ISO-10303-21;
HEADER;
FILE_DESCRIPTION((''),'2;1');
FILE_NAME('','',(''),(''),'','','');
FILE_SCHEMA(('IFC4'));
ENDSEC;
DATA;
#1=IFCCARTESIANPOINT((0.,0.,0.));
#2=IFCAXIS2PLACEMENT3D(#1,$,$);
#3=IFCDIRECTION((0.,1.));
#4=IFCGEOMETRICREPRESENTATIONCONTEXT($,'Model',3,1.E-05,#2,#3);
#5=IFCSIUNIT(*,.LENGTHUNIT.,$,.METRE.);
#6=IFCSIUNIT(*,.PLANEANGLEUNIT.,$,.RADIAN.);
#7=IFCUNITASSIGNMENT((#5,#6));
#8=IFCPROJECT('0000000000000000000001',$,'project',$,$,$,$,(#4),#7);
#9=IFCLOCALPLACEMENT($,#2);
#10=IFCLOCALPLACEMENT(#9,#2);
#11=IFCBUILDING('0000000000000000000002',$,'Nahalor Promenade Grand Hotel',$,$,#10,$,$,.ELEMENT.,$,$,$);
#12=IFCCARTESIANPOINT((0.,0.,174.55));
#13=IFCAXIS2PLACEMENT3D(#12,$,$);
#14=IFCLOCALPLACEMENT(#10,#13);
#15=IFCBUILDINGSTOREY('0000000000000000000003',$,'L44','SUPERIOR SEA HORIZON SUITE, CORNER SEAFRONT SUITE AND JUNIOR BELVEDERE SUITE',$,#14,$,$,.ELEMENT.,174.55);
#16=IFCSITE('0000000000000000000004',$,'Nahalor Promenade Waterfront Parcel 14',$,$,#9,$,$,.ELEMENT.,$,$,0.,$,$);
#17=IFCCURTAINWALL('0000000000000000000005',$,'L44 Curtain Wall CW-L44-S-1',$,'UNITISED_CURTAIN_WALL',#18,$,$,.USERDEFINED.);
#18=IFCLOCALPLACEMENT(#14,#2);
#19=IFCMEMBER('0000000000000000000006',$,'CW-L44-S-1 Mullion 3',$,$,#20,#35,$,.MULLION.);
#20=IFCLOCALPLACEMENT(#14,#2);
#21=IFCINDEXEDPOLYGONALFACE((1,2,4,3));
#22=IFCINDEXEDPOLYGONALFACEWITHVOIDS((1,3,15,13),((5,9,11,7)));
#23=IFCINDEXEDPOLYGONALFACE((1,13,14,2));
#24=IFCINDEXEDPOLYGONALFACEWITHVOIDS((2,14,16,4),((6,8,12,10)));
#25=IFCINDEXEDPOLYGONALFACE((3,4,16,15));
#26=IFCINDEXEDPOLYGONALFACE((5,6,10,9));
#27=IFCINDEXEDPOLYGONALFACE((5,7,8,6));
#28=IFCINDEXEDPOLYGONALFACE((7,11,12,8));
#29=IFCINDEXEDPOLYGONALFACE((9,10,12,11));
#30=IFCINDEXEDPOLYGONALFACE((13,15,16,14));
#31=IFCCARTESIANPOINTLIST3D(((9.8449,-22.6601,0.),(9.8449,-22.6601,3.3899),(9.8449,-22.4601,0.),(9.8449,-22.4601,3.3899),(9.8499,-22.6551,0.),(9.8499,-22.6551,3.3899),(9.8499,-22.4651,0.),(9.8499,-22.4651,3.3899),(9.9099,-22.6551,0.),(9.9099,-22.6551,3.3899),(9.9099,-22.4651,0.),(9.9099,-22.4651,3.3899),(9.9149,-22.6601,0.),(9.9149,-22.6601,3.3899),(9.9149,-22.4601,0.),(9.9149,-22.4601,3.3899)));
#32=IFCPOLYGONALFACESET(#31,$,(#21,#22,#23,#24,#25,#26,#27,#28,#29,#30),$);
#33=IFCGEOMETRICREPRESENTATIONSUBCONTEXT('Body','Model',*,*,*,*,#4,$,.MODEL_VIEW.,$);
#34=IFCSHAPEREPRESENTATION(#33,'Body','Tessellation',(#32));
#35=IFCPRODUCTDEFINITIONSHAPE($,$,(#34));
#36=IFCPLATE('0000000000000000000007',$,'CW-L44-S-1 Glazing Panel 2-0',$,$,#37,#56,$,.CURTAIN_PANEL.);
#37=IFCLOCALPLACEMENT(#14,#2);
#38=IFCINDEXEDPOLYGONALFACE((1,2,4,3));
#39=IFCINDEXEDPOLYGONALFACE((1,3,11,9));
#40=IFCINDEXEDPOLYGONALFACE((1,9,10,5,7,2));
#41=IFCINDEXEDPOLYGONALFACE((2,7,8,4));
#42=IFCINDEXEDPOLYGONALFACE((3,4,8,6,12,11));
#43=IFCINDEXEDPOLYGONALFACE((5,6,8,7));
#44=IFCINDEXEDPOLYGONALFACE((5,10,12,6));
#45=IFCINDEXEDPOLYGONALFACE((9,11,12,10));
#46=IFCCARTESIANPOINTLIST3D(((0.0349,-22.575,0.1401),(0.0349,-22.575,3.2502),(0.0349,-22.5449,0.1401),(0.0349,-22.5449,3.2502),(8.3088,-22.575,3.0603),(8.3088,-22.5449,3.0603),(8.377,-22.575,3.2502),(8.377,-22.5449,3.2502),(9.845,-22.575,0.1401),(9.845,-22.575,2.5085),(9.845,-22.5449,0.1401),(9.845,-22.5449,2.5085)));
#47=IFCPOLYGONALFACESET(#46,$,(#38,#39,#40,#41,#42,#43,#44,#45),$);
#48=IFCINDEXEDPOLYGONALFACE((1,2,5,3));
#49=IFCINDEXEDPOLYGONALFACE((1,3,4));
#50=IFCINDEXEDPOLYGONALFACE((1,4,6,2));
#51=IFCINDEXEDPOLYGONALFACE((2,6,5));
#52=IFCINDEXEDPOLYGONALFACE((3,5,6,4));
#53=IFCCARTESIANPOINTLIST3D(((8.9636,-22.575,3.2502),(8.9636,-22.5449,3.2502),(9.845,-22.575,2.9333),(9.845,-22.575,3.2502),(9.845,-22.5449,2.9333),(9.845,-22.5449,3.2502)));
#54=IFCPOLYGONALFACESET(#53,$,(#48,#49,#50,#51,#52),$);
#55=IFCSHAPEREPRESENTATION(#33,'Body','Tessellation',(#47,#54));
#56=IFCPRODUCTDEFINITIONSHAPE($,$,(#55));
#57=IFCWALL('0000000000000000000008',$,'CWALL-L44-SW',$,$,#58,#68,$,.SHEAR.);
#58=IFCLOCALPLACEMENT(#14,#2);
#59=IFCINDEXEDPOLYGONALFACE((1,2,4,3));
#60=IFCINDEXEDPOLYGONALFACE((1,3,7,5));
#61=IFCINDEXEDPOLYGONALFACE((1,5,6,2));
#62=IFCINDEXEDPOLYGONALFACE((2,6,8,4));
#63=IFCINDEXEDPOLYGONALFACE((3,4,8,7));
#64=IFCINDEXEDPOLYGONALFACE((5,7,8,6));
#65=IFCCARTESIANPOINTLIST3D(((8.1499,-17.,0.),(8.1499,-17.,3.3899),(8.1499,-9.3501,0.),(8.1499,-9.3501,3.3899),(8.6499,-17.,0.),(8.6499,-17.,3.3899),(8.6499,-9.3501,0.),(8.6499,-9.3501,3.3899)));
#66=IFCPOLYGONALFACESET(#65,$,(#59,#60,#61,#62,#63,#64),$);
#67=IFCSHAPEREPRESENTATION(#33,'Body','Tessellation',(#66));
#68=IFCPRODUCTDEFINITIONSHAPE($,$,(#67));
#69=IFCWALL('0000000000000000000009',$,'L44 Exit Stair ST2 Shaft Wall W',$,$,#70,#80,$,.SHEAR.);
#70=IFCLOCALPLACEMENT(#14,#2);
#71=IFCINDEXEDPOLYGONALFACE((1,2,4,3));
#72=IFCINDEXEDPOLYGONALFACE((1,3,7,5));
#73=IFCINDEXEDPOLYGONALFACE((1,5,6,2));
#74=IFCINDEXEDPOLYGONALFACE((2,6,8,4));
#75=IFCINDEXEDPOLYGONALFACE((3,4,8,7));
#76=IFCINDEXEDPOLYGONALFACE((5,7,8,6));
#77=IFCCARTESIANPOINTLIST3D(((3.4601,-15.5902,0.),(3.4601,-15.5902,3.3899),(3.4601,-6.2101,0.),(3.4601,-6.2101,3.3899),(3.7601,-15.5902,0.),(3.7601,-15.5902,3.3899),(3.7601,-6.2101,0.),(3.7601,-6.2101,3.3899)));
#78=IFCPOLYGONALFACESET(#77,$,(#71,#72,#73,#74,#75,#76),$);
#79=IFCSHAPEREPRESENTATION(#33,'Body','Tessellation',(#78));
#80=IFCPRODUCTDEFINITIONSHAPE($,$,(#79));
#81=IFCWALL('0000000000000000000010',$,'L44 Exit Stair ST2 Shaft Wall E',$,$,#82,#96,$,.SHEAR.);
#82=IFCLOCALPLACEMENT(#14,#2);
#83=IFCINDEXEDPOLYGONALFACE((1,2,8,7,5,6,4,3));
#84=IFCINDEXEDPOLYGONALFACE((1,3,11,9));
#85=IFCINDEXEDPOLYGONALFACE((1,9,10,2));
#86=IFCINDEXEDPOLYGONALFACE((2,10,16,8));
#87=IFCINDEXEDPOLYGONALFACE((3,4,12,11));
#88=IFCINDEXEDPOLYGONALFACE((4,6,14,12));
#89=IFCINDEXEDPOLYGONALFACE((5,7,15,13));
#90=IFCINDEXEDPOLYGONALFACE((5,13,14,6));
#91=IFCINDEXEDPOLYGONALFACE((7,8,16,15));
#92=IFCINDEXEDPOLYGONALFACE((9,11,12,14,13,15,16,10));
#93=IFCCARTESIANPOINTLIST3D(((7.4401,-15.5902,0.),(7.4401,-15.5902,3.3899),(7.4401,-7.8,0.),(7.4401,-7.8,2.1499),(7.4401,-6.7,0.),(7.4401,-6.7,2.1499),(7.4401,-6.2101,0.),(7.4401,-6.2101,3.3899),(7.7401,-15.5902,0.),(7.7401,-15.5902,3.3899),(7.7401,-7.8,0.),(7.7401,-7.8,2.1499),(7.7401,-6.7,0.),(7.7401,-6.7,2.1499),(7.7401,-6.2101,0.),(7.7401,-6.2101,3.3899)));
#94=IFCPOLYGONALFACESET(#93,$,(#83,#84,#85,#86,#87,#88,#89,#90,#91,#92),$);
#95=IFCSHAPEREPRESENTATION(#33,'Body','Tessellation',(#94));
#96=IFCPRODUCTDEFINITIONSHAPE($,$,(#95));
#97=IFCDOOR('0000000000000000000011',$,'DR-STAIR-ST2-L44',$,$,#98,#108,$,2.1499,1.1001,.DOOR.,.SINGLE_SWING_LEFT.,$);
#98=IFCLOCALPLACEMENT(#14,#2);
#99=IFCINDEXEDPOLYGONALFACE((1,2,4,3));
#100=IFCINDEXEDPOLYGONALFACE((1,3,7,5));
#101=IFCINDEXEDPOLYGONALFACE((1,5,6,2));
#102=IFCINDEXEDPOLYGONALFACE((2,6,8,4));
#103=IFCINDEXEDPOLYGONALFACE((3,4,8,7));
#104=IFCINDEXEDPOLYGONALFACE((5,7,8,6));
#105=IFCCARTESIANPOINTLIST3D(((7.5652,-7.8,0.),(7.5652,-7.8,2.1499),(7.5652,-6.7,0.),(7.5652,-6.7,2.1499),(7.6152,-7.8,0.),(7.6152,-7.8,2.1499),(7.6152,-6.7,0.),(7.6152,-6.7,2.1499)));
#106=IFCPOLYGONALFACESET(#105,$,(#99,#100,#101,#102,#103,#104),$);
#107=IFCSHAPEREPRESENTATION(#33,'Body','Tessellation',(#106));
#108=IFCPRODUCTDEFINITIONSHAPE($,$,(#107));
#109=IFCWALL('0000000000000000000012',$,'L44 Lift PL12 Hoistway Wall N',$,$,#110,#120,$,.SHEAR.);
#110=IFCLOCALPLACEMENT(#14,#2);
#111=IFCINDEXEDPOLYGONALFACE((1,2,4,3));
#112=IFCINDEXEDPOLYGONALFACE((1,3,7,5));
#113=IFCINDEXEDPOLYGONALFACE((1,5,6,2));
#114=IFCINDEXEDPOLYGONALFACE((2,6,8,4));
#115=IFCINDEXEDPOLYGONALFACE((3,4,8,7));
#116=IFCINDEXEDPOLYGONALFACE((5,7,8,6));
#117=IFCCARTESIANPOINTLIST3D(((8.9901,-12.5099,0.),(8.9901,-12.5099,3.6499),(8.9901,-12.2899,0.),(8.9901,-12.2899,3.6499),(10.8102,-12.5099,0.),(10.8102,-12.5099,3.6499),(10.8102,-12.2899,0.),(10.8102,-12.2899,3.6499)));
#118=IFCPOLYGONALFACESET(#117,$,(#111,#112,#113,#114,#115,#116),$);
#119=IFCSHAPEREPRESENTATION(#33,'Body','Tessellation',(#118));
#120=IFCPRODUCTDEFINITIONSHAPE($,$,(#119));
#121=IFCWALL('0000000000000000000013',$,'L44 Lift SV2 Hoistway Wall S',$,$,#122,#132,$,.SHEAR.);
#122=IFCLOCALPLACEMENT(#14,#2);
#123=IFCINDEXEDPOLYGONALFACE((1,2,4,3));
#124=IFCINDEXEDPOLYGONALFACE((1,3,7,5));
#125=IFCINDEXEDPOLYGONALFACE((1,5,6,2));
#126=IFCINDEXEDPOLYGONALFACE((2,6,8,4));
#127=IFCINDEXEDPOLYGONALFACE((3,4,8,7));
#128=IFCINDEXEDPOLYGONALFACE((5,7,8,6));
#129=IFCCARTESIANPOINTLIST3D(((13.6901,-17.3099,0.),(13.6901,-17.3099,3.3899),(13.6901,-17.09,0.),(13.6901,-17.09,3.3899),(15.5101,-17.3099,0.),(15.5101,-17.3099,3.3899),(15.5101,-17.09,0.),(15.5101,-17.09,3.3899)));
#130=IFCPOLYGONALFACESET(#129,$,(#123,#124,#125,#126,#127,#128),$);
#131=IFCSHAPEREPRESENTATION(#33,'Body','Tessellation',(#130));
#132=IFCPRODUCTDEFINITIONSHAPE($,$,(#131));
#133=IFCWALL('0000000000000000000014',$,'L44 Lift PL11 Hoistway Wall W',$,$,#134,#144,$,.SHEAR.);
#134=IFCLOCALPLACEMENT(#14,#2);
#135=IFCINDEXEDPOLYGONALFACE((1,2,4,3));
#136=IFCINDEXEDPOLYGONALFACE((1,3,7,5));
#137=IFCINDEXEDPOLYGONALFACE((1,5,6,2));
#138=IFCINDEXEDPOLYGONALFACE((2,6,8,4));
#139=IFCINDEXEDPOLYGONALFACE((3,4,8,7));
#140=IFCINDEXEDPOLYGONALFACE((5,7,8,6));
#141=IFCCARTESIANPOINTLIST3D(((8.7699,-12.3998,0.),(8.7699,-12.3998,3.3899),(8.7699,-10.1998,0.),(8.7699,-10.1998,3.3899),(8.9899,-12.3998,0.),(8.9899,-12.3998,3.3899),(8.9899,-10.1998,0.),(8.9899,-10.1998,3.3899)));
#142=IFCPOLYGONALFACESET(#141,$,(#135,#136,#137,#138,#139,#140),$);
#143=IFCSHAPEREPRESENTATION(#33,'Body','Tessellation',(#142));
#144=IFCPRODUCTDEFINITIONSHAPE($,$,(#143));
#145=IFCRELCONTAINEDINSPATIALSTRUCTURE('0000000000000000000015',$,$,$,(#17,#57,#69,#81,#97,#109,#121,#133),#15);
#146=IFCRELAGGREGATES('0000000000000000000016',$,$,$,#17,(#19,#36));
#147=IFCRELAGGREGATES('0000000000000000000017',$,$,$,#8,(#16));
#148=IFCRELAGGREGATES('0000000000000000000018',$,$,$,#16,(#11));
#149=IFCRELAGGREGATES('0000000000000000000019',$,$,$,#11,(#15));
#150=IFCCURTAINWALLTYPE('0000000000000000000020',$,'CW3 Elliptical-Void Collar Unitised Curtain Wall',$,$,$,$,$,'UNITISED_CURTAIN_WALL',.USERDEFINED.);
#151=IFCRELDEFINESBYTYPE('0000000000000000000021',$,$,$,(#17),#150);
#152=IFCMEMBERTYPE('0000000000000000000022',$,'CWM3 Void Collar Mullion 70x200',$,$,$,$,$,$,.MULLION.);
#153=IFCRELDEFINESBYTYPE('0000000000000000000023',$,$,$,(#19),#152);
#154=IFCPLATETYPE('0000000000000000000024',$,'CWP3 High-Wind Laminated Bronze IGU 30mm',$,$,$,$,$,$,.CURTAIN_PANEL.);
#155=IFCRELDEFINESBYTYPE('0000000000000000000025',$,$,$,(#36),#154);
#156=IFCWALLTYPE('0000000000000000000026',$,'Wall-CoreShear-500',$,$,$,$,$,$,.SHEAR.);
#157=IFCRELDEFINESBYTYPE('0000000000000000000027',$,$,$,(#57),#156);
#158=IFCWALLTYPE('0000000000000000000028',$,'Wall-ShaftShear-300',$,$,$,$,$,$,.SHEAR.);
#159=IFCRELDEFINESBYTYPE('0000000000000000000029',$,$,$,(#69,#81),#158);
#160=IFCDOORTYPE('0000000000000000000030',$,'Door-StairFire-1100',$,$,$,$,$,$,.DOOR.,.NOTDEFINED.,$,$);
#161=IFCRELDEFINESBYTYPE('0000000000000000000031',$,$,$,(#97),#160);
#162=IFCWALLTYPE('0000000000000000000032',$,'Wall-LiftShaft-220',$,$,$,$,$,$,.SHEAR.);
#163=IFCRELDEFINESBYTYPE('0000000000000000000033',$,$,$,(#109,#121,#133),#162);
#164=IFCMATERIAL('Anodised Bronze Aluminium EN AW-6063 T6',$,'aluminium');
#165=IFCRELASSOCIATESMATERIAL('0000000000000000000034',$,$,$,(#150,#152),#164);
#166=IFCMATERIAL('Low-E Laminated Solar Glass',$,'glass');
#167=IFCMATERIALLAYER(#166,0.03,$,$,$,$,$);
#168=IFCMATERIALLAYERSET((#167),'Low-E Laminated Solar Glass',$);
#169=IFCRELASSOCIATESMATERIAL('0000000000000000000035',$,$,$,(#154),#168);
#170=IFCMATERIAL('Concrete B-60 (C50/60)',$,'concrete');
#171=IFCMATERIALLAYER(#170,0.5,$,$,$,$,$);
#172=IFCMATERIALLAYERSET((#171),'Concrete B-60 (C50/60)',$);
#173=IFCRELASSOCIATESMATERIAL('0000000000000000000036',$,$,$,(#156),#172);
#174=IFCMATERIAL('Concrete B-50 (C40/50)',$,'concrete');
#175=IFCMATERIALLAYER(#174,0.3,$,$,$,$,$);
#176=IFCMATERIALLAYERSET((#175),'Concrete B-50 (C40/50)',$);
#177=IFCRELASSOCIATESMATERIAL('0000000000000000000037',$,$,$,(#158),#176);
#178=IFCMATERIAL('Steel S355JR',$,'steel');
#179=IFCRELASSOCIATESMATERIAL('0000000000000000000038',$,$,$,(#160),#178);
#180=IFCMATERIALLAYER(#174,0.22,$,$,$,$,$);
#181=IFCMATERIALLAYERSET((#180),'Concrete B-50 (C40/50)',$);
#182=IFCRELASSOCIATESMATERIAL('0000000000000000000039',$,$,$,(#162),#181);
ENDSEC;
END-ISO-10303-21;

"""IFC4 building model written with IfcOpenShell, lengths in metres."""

from ifc_helpers import new_model, si_unit, direction, frame, frame_2d, origin, origin_2d, place, context, subcontext, project, spatial, polyline, rectangle, hollow_rectangle, outline, extrude, source, transform, mapped, material, layer, layer_set, material_profile, profile_set, type_object, element, fill, aggregate, save


model = new_model("IFC4")

# Units and contexts
model_context = context("Model", 3, precision=1e-05, world=origin(), true_north=direction((0.0, 1.0)))
body_context = subcontext(model_context, "Body", "Model", "MODEL_VIEW")
ifc_project = project(units=[si_unit("LENGTHUNIT", "METRE"), si_unit("PLANEANGLEUNIT", "RADIAN")], contexts=[model_context])

# Site, building, storey
site_placement = place(None, origin())
site = spatial("IfcSite", under=ifc_project, at=site_placement, Name="Nahalor Promenade Waterfront Parcel 14", CompositionType="ELEMENT", RefElevation=0.0)
building_placement = place(site_placement, origin())
building = spatial("IfcBuilding", under=site, at=building_placement, Name="Nahalor Promenade Grand Hotel", CompositionType="ELEMENT")
storey_placement = place(building_placement, frame((0.0, 0.0, 174.55)))
storey = spatial("IfcBuildingStorey", under=building, at=storey_placement, Name="L44", Description="SUPERIOR SEA HORIZON SUITE, CORNER SEAFRONT SUITE AND JUNIOR BELVEDERE SUITE", CompositionType="ELEMENT", Elevation=174.55)

# Shared definitions
ifc_material_1 = material(Name="Concrete B-60 (C50/60)", Category="concrete")

# Shared definitions
ifc_material_2 = material(Name="Steel S355JR", Category="steel")

# Curtain wall, member, plate
ifc_material_3 = material(Name="Anodised Bronze Aluminium EN AW-6063 T6", Category="aluminium")
curtain_wall_type = type_object("IfcCurtainWallType", Name="CW3 Elliptical-Void Collar Unitised Curtain Wall", ElementType="UNITISED_CURTAIN_WALL", PredefinedType="USERDEFINED", material=ifc_material_3)
curtain_wall_placement = place(storey_placement, origin())
curtain_wall = element("IfcCurtainWall", 1, at=curtain_wall_placement, inside=storey, type_object=curtain_wall_type, Name="L44 Curtain Wall CW-L44-S-1", ObjectType="UNITISED_CURTAIN_WALL", PredefinedType="USERDEFINED")
ifc_material_profile_1 = material_profile(ifc_material_3, hollow_rectangle(XDim=0.07, YDim=0.2, WallThickness=0.005, at=origin_2d()), Name="CWM 70x200x5")
ifc_profile_set_1 = profile_set([ifc_material_profile_1], Name="Anodised Bronze Aluminium EN AW-6063 T6")
member_type_1 = type_object("IfcMemberType", Name="CWM3 Void Collar Mullion 70x200", PredefinedType="MULLION", material=ifc_profile_set_1)
shared_shape_1 = source(origin(), body_context, "Body", "SweptSolid", [
    extrude(hollow_rectangle(XDim=0.07, YDim=0.2, WallThickness=0.005, at=origin_2d()), origin(), (0.0, 0.0, 1.0), 3.3899),
])
member_1_placement = place(storey_placement, frame((9.8799, -22.5601, 0.0), z_axis=(0.0, 0.0, 1.0), x_axis=(1.0, 0.0, 0.0)))
member_1 = element("IfcMember", 2, at=member_1_placement, type_object=member_type_1, Name="CW-L44-S-1 Mullion 3", PredefinedType="MULLION", context=body_context, shape_type="MappedRepresentation", body=[
    mapped(shared_shape_1, transform((0.0, 0.0, 0.0), scale=1.0)),
])
ifc_material_4 = material(Name="Low-E Laminated Solar Glass", Category="glass")
ifc_layer_1 = layer(ifc_material_4, 0.03)
ifc_layer_set_1 = layer_set([ifc_layer_1], Name="Low-E Laminated Solar Glass")
plate_type = type_object("IfcPlateType", Name="CWP3 High-Wind Laminated Bronze IGU 30mm", PredefinedType="CURTAIN_PANEL", material=ifc_layer_set_1)
plate_placement = place(storey_placement, frame((4.9399, -22.5601, 0.1401), z_axis=(0.0, 0.0, 1.0), x_axis=(1.0, 0.0, 0.0)))
plate = element("IfcPlate", 3, at=plate_placement, type_object=plate_type, Name="CW-L44-S-1 Glazing Panel 2-0", PredefinedType="CURTAIN_PANEL", context=body_context, shape_type="SweptSolid", body=[
    extrude(outline(polyline([(-4.905, 0.0), (4.905, 0.0), (4.905, 2.3684), (3.3689, 2.9202), (3.437, 3.1101), (-4.905, 3.1101), (-4.905, 0.0)])), frame((0.0, 0.0151, 0.0), z_axis=(0.0, -1.0, 0.0), x_axis=(1.0, 0.0, 0.0)), (0.0, 0.0, 1.0), 0.03),
    extrude(outline(polyline([(4.905, 2.7932), (4.905, 3.1101), (4.0237, 3.1101), (4.905, 2.7932)])), frame((0.0, 0.0151, 0.0), z_axis=(0.0, -1.0, 0.0), x_axis=(1.0, 0.0, 0.0)), (0.0, 0.0, 1.0), 0.03),
])
aggregate(curtain_wall, [member_1, plate])

# Walls
ifc_layer_2 = layer(ifc_material_1, 0.5)
ifc_layer_set_2 = layer_set([ifc_layer_2], Name="Concrete B-60 (C50/60)")
wall_type_1 = type_object("IfcWallType", Name="Wall-CoreShear-500", PredefinedType="SHEAR", material=ifc_layer_set_2)
shared_shape_2 = source(origin(), body_context, "Body", "SweptSolid", [
    extrude(rectangle(XDim=7.6499, YDim=0.5, at=frame_2d((3.825, 0.0))), origin(), (0.0, 0.0, 1.0), 3.3899),
])
wall_1_placement = place(storey_placement, frame((8.3999, -17.0, 0.0), z_axis=(0.0, 0.0, 1.0), x_axis=(0.0, 1.0, 0.0)))
element("IfcWall", 4, at=wall_1_placement, inside=storey, type_object=wall_type_1, Name="CWALL-L44-SW", PredefinedType="SHEAR", context=body_context, shape_type="MappedRepresentation", body=[
    mapped(shared_shape_2, transform((0.0, 0.0, 0.0), scale=1.0)),
])
ifc_material_5 = material(Name="Concrete B-50 (C40/50)", Category="concrete")
ifc_layer_3 = layer(ifc_material_5, 0.3)
ifc_layer_set_3 = layer_set([ifc_layer_3], Name="Concrete B-50 (C40/50)")
wall_type_2 = type_object("IfcWallType", Name="Wall-ShaftShear-300", PredefinedType="SHEAR", material=ifc_layer_set_3)
shared_shape_3 = source(origin(), body_context, "Body", "SweptSolid", [
    extrude(rectangle(XDim=9.3801, YDim=0.3, at=frame_2d((4.6899, 0.0))), origin(), (0.0, 0.0, 1.0), 3.3899),
])
wall_2_placement = place(storey_placement, frame((3.6101, -15.5901, 0.0), z_axis=(0.0, 0.0, 1.0), x_axis=(0.0, 1.0, 0.0)))
element("IfcWall", 5, at=wall_2_placement, inside=storey, type_object=wall_type_2, Name="L44 Exit Stair ST2 Shaft Wall W", PredefinedType="SHEAR", context=body_context, shape_type="MappedRepresentation", body=[
    mapped(shared_shape_3, transform((0.0, 0.0, 0.0), scale=1.0)),
])

# Wall, opening, door
wall_3_placement = place(storey_placement, frame((7.5901, -15.5901, 0.0), z_axis=(0.0, 0.0, 1.0), x_axis=(0.0, 1.0, 0.0)))
wall_3 = element("IfcWall", 6, at=wall_3_placement, inside=storey, type_object=wall_type_2, Name="L44 Exit Stair ST2 Shaft Wall E", PredefinedType="SHEAR", context=body_context, shape_type="MappedRepresentation", body=[
    mapped(shared_shape_3, transform((0.0, 0.0, 0.0), scale=1.0)),
])
opening_1_placement = place(wall_3_placement, frame((7.79, 0.0, 0.0)))
opening_1 = element("IfcOpeningElement", 7, at=opening_1_placement, cuts=wall_3, PredefinedType="OPENING", context=body_context, shape_type="SweptSolid", body=[
    extrude(rectangle(XDim=1.1001, YDim=2.1499, at=frame_2d((0.55, 1.075))), frame((0.0, 0.1599, 0.0), z_axis=(0.0, -1.0, 0.0), x_axis=(1.0, 0.0, 0.0)), (0.0, 0.0, 1.0), 0.3201),
])
door_type_1 = type_object("IfcDoorType", Name="Door-StairFire-1100", OperationType="NOTDEFINED", PredefinedType="DOOR", material=ifc_material_2)
shared_shape_4 = source(origin(), body_context, "Body", "SweptSolid", [
    extrude(rectangle(XDim=1.1001, YDim=2.1499, at=frame_2d((0.55, 1.075))), frame((0.0, 0.0249, 0.0), z_axis=(0.0, -1.0, 0.0), x_axis=(1.0, 0.0, 0.0)), (0.0, 0.0, 1.0), 0.05),
])
door_1_placement = place(opening_1_placement, origin())
door_1 = element("IfcDoor", 8, at=door_1_placement, inside=storey, type_object=door_type_1, Name="DR-STAIR-ST2-L44", OperationType="SINGLE_SWING_LEFT", OverallHeight=2.1499, OverallWidth=1.1001, PredefinedType="DOOR", context=body_context, shape_type="MappedRepresentation", body=[
    mapped(shared_shape_4, transform((0.0, 0.0, 0.0), scale=1.0)),
])
fill(opening_1, door_1)

# Walls
ifc_layer_4 = layer(ifc_material_5, 0.22)
ifc_layer_set_4 = layer_set([ifc_layer_4], Name="Concrete B-50 (C40/50)")
wall_type_3 = type_object("IfcWallType", Name="Wall-LiftShaft-220", PredefinedType="SHEAR", material=ifc_layer_set_4)
shared_shape_5 = source(origin(), body_context, "Body", "SweptSolid", [
    extrude(rectangle(XDim=1.8201, YDim=0.22, at=frame_2d((0.9102, 0.0))), origin(), (0.0, 0.0, 1.0), 3.6499),
])
wall_4_placement = place(storey_placement, frame((8.99, -12.3999, 0.0), z_axis=(0.0, 0.0, 1.0), x_axis=(1.0, 0.0, 0.0)))
element("IfcWall", 9, at=wall_4_placement, inside=storey, type_object=wall_type_3, Name="L44 Lift PL12 Hoistway Wall N", PredefinedType="SHEAR", context=body_context, shape_type="MappedRepresentation", body=[
    mapped(shared_shape_5, transform((0.0, 0.0, 0.0), scale=1.0)),
])
shared_shape_6 = source(origin(), body_context, "Body", "SweptSolid", [
    extrude(rectangle(XDim=1.8201, YDim=0.22, at=frame_2d((0.9102, 0.0))), origin(), (0.0, 0.0, 1.0), 3.3899),
])
wall_5_placement = place(storey_placement, frame((13.6899, -17.2, 0.0), z_axis=(0.0, 0.0, 1.0), x_axis=(1.0, 0.0, 0.0)))
element("IfcWall", 10, at=wall_5_placement, inside=storey, type_object=wall_type_3, Name="L44 Lift SV2 Hoistway Wall S", PredefinedType="SHEAR", context=body_context, shape_type="MappedRepresentation", body=[
    mapped(shared_shape_6, transform((0.0, 0.0, 0.0), scale=1.0)),
])
shared_shape_7 = source(origin(), body_context, "Body", "SweptSolid", [
    extrude(rectangle(XDim=2.2, YDim=0.22, at=frame_2d((1.1001, 0.0))), origin(), (0.0, 0.0, 1.0), 3.3899),
])
wall_6_placement = place(storey_placement, frame((8.8799, -12.3999, 0.0), z_axis=(0.0, 0.0, 1.0), x_axis=(0.0, 1.0, 0.0)))
element("IfcWall", 11, at=wall_6_placement, inside=storey, type_object=wall_type_3, Name="L44 Lift PL11 Hoistway Wall W", PredefinedType="SHEAR", context=body_context, shape_type="MappedRepresentation", body=[
    mapped(shared_shape_7, transform((0.0, 0.0, 0.0), scale=1.0)),
])

save(model, "model.ifc")
